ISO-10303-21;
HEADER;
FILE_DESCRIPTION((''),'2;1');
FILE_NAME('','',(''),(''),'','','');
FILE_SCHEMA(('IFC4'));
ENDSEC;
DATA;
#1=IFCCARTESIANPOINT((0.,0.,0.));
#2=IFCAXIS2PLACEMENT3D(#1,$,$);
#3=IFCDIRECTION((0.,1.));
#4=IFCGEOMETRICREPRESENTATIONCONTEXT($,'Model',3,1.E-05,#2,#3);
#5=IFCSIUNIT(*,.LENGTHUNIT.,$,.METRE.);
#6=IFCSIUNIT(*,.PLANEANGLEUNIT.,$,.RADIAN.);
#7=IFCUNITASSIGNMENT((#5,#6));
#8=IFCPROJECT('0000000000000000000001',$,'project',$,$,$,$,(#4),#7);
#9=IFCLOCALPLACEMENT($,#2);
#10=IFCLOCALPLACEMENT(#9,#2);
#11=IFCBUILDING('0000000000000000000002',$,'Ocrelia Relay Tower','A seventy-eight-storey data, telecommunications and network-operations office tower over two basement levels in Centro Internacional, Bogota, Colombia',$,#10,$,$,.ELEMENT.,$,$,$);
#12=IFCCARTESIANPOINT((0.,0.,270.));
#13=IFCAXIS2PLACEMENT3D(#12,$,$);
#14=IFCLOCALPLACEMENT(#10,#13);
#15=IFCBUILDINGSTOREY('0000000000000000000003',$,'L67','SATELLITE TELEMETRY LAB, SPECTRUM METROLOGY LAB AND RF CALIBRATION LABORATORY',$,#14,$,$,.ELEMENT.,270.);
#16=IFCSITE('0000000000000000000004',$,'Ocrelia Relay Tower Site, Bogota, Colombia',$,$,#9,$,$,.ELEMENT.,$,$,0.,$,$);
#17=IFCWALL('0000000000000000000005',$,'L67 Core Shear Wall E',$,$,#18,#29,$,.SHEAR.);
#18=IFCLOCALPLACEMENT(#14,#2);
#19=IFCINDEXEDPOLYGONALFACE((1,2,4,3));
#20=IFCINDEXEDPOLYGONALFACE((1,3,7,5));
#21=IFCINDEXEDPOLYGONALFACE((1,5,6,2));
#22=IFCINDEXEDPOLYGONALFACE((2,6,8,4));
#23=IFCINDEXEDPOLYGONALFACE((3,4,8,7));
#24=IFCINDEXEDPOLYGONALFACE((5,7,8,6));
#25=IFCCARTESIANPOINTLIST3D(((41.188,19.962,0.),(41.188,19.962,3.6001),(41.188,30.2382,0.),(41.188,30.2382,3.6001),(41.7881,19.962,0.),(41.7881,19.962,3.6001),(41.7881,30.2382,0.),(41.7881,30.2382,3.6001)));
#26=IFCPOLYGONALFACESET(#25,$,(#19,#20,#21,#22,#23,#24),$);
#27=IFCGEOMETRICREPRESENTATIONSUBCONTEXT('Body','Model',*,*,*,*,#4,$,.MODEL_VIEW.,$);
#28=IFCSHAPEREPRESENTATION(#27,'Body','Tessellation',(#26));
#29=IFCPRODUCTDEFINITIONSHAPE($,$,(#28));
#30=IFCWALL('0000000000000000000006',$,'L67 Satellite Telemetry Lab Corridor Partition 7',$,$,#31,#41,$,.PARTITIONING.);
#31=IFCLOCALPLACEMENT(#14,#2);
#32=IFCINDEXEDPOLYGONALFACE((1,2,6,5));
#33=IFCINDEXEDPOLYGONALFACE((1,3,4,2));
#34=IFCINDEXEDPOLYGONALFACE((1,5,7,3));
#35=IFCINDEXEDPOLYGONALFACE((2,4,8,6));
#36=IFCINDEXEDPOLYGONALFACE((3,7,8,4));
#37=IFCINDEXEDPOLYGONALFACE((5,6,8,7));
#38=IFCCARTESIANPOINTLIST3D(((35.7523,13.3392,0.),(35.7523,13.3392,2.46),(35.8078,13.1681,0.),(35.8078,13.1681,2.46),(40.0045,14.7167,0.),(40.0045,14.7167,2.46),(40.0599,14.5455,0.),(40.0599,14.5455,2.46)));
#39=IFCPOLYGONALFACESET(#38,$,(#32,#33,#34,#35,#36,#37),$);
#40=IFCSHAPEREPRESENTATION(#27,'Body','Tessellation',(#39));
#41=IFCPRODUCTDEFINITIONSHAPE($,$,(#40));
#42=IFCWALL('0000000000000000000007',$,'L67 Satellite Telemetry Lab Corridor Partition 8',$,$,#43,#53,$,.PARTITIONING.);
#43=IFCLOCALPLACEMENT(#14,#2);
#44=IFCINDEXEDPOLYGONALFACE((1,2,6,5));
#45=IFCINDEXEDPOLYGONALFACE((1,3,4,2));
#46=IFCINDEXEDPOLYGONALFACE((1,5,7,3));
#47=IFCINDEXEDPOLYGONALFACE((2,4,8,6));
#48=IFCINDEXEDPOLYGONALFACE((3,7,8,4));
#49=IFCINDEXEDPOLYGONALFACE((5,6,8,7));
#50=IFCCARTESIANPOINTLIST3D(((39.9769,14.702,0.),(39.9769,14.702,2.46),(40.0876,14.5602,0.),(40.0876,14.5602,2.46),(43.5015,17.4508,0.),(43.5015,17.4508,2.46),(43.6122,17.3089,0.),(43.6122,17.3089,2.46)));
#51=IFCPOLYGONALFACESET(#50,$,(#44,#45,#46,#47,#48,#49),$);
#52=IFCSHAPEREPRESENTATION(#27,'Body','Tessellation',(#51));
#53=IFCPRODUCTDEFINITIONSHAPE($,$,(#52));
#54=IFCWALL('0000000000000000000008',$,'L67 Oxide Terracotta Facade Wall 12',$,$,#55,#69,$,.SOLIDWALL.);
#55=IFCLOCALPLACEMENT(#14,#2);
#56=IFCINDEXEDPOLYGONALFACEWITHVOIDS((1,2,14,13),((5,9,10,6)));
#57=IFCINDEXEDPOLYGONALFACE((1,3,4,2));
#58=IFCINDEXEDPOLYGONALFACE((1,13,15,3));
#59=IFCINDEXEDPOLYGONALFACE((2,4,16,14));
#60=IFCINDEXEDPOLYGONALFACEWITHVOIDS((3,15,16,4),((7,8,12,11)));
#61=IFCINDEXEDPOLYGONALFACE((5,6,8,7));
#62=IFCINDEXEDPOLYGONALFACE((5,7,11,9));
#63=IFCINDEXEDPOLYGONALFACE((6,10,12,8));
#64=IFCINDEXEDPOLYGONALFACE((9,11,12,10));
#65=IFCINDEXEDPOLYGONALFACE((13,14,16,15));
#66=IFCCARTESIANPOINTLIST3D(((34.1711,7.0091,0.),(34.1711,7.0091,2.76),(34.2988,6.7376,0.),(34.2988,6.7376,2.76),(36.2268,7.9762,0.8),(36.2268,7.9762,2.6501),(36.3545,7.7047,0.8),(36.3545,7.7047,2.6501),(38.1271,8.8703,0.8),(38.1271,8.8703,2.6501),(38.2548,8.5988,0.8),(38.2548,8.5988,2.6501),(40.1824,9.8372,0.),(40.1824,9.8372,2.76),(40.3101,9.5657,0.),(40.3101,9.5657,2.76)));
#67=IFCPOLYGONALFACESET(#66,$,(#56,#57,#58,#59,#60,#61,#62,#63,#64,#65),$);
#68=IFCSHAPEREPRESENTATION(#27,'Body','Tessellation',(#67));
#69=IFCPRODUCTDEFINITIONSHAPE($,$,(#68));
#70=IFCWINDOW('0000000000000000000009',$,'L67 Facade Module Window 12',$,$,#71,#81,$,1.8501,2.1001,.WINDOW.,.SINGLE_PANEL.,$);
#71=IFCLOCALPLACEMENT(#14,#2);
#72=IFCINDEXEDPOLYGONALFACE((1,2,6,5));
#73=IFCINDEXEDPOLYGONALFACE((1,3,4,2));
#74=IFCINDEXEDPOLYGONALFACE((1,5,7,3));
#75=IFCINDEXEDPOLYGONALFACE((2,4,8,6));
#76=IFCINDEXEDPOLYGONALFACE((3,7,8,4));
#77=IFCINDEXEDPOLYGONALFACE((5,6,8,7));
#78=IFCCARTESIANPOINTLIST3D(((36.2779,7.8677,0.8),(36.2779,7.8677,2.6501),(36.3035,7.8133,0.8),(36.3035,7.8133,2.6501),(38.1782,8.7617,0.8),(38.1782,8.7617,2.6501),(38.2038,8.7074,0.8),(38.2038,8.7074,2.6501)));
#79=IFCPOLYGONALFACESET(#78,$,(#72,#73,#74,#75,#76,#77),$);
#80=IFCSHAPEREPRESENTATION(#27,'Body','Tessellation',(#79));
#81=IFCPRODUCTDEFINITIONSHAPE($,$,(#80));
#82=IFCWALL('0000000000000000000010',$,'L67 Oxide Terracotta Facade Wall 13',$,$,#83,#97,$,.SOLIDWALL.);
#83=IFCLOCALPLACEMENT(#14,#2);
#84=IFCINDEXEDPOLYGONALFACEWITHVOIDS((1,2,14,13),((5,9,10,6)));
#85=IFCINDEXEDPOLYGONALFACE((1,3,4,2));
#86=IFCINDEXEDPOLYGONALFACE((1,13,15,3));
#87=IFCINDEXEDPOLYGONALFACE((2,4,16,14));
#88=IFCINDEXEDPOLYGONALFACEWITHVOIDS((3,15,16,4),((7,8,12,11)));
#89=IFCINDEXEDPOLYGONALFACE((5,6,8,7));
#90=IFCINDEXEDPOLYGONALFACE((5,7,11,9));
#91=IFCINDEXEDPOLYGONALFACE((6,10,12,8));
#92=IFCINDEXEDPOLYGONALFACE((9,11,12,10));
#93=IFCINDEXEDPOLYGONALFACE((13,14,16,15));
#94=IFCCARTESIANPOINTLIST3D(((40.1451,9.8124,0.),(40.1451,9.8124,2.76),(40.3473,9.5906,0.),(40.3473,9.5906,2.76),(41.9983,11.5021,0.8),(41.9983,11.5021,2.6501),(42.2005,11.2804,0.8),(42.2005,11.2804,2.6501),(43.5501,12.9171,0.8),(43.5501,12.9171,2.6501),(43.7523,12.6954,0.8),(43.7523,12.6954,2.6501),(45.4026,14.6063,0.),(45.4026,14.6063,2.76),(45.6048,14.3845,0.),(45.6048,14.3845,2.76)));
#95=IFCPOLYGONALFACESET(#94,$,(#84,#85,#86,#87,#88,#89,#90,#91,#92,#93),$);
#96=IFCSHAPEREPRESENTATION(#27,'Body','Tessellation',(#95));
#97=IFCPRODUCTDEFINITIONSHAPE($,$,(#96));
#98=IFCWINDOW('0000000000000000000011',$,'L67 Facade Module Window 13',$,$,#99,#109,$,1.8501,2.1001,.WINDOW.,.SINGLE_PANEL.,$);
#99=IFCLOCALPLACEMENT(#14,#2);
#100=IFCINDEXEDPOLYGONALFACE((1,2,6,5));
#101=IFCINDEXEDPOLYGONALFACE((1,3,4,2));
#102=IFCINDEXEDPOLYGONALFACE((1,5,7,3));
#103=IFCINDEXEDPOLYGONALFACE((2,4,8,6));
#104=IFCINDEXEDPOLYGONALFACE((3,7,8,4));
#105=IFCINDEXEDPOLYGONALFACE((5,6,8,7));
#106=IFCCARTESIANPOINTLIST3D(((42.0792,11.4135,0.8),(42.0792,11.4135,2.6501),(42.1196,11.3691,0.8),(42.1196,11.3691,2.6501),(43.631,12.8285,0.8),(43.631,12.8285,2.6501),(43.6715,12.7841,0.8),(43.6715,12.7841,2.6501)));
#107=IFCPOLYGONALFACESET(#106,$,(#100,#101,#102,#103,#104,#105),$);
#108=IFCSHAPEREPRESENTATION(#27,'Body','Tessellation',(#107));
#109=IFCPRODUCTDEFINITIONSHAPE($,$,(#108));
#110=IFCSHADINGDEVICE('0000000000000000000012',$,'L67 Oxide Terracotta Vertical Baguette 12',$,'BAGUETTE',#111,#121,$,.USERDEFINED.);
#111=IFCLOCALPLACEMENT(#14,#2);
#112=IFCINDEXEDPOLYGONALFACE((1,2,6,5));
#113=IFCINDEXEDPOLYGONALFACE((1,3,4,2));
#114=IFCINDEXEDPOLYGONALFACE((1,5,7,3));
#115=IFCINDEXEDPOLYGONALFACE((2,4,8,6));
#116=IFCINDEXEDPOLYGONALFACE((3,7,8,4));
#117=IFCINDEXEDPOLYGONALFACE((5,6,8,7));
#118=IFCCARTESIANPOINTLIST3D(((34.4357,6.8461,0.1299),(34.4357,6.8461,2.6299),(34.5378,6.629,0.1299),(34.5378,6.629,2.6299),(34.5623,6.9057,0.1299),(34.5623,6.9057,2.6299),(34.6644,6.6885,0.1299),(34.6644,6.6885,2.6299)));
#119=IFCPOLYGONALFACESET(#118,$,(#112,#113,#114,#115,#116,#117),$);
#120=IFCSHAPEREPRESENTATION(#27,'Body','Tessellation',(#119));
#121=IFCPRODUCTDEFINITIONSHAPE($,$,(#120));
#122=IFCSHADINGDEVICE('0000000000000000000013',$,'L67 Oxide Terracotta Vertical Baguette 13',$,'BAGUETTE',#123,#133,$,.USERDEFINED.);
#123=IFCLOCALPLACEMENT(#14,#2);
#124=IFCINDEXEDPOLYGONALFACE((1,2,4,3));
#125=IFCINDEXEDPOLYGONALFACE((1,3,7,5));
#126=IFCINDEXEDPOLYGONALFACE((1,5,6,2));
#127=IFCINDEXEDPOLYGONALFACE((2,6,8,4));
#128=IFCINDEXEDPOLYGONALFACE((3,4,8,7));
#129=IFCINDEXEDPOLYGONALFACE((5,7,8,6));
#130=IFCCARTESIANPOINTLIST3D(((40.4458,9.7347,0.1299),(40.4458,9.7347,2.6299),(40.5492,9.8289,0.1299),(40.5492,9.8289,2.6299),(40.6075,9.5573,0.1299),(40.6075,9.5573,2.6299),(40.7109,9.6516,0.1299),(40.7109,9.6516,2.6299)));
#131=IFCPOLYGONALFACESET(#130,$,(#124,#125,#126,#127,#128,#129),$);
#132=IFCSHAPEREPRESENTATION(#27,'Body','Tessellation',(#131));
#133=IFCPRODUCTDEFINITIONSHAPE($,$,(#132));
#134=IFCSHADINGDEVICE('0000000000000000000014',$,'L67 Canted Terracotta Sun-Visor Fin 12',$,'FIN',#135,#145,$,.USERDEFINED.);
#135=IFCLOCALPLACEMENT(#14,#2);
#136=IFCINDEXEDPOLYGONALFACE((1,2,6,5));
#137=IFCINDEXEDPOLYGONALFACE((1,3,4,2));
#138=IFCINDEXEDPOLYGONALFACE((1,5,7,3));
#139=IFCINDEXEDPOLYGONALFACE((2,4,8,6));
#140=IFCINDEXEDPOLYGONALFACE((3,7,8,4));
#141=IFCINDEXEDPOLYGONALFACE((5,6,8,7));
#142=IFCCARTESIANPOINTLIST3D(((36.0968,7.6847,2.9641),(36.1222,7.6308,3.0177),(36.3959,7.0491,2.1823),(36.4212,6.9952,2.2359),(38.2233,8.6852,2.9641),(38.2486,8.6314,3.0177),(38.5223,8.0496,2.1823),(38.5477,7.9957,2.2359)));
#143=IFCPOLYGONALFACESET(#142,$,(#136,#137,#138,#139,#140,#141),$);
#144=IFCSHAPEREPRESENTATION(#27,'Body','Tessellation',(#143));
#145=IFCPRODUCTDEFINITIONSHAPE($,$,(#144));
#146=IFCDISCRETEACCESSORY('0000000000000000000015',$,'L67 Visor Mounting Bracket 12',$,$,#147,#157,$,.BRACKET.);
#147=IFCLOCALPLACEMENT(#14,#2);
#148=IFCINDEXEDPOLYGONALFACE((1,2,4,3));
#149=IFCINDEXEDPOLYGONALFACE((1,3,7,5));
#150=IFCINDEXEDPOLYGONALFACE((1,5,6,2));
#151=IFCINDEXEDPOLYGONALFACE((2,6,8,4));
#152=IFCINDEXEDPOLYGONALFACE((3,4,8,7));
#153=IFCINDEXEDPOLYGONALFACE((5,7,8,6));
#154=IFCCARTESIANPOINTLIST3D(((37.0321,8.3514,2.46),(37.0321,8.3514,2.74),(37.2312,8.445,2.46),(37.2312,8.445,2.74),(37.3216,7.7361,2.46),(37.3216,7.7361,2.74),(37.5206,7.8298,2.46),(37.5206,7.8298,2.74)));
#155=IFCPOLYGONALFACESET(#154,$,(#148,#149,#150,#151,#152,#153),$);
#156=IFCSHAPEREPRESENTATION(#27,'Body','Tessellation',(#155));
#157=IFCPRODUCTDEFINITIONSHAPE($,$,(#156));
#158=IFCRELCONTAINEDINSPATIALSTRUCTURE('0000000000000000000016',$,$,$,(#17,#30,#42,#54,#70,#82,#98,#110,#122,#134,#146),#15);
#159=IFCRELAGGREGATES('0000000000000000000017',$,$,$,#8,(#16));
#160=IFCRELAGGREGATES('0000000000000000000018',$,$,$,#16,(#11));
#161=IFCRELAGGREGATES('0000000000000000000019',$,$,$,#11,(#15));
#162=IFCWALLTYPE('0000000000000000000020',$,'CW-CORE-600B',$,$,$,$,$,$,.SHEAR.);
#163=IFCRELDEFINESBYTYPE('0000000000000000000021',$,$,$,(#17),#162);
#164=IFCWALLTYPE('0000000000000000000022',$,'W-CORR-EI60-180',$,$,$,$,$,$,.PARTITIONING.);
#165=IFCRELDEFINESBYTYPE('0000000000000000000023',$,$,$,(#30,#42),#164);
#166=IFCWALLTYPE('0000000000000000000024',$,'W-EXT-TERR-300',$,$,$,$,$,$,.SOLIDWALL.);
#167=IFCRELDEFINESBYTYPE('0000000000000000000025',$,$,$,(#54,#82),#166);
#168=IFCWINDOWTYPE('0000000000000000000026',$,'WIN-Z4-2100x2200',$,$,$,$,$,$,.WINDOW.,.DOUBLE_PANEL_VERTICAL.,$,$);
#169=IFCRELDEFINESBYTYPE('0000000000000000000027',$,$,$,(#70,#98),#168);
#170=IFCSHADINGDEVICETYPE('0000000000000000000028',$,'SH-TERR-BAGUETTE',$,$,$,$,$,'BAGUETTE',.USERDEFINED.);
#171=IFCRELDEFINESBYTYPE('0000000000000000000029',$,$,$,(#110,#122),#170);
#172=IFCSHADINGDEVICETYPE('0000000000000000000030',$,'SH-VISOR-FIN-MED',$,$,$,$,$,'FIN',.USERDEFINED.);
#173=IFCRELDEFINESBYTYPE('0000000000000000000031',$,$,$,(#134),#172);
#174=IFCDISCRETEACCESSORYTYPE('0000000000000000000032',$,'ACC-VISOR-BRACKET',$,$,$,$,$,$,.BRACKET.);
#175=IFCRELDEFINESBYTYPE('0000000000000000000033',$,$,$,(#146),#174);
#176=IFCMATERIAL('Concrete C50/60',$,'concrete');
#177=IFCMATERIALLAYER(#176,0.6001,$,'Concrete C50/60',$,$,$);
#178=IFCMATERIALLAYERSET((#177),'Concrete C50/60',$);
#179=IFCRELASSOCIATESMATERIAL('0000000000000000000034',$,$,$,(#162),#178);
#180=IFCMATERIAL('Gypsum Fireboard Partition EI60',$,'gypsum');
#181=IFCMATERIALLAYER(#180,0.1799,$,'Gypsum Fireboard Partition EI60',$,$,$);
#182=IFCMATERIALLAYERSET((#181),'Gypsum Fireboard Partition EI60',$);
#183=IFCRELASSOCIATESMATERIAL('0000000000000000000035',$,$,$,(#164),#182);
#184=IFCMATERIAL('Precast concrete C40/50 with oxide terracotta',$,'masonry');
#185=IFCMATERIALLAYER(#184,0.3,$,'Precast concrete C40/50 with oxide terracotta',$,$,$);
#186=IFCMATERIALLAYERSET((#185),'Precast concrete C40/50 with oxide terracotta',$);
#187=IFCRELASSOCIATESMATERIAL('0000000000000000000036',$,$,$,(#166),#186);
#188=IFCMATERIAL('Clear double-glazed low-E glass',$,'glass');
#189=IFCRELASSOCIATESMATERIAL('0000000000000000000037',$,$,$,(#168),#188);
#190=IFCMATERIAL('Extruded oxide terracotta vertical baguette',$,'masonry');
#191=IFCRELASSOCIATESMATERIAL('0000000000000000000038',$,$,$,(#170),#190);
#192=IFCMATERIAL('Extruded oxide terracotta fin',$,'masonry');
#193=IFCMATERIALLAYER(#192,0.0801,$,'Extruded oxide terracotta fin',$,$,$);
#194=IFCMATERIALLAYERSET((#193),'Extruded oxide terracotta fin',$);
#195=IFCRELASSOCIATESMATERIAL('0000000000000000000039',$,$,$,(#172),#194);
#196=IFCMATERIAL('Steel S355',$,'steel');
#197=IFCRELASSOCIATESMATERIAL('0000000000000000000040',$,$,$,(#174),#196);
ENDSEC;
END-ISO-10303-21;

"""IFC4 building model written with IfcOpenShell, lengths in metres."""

from ifc_helpers import new_model, si_unit, direction, frame, frame_2d, origin, origin_2d, place, context, subcontext, project, spatial, rectangle, extrude, material, layer, layer_set, type_object, element, fill, save


model = new_model("IFC4")

# Units and contexts
model_context = context("Model", 3, precision=1e-05, world=origin(), true_north=direction((0.0, 1.0)))
body_context = subcontext(model_context, "Body", "Model", "MODEL_VIEW")
ifc_project = project(units=[si_unit("LENGTHUNIT", "METRE"), si_unit("PLANEANGLEUNIT", "RADIAN")], contexts=[model_context])

# Site, building, storey
site_placement = place(None, origin())
site = spatial("IfcSite", under=ifc_project, at=site_placement, Name="Ocrelia Relay Tower Site, Bogota, Colombia", CompositionType="ELEMENT", RefElevation=0.0)
building_placement = place(site_placement, origin())
building = spatial("IfcBuilding", under=site, at=building_placement, Name="Ocrelia Relay Tower", Description="A seventy-eight-storey data, telecommunications and network-operations office tower over two basement levels in Centro Internacional, Bogota, Colombia", CompositionType="ELEMENT")
storey_placement = place(building_placement, frame((0.0, 0.0, 270.0)))
storey = spatial("IfcBuildingStorey", under=building, at=storey_placement, Name="L67", Description="SATELLITE TELEMETRY LAB, SPECTRUM METROLOGY LAB AND RF CALIBRATION LABORATORY", CompositionType="ELEMENT", Elevation=270.0)

# Shared definitions
ifc_material_1 = material(Name="Concrete C50/60", Category="concrete")

# Shared definitions
ifc_material_2 = material(Name="Steel S355", Category="steel")

# Walls
ifc_layer_1 = layer(ifc_material_1, 0.6001, Name="Concrete C50/60")
ifc_layer_set_1 = layer_set([ifc_layer_1], Name="Concrete C50/60")
wall_type_1 = type_object("IfcWallType", Name="CW-CORE-600B", PredefinedType="SHEAR", material=ifc_layer_set_1)
wall_1_placement = place(storey_placement, frame((41.488, 19.9619, 0.0), z_axis=(0.0, 0.0, 1.0), x_axis=(0.0, 1.0, 0.0)))
element("IfcWall", 1, at=wall_1_placement, inside=storey, type_object=wall_type_1, Name="L67 Core Shear Wall E", PredefinedType="SHEAR", context=body_context, shape_type="SweptSolid", body=[
    extrude(rectangle(XDim=10.2761, YDim=0.6001, at=frame_2d((5.1382, 0.0))), origin(), (0.0, 0.0, 1.0), 3.6001),
])
ifc_material_3 = material(Name="Gypsum Fireboard Partition EI60", Category="gypsum")
ifc_layer_2 = layer(ifc_material_3, 0.1799, Name="Gypsum Fireboard Partition EI60")
ifc_layer_set_2 = layer_set([ifc_layer_2], Name="Gypsum Fireboard Partition EI60")
wall_type_2 = type_object("IfcWallType", Name="W-CORR-EI60-180", PredefinedType="PARTITIONING", material=ifc_layer_set_2)
for number, where, z_axis, x_axis, name in (
    (2, (35.78, 13.2537, 0.0), (0.0, 0.0, 1.0), (0.951331, 0.308171, 0.0), "L67 Satellite Telemetry Lab Corridor Partition 7"),
    (3, (40.0322, 14.6311, 0.0), (0.0, 0.0, 1.0), (0.788552, 0.614969, 0.0), "L67 Satellite Telemetry Lab Corridor Partition 8"),
):
    element("IfcWall", number, at=place(storey_placement, frame(where, z_axis=z_axis, x_axis=x_axis)), inside=storey, type_object=wall_type_2, Name=name, PredefinedType="PARTITIONING", context=body_context, shape_type="SweptSolid", body=[
        extrude(rectangle(XDim=4.4697, YDim=0.1799, at=frame_2d((2.2349, 0.0))), origin(), (0.0, 0.0, 1.0), 2.46),
    ])

# Walls, openings, windows
ifc_material_4 = material(Name="Precast concrete C40/50 with oxide terracotta", Category="masonry")
ifc_layer_3 = layer(ifc_material_4, 0.3, Name="Precast concrete C40/50 with oxide terracotta")
ifc_layer_set_3 = layer_set([ifc_layer_3], Name="Precast concrete C40/50 with oxide terracotta")
wall_type_3 = type_object("IfcWallType", Name="W-EXT-TERR-300", PredefinedType="SOLIDWALL", material=ifc_layer_set_3)
wall_2_placement = place(storey_placement, frame((34.2349, 6.8733, 0.0), z_axis=(0.0, 0.0, 1.0), x_axis=(0.904859, 0.425712, 0.0)))
wall_2 = element("IfcWall", 4, at=wall_2_placement, inside=storey, type_object=wall_type_3, Name="L67 Oxide Terracotta Facade Wall 12", PredefinedType="SOLIDWALL", context=body_context, shape_type="SweptSolid", body=[
    extrude(rectangle(XDim=6.6433, YDim=0.3, at=frame_2d((3.3218, 0.0))), origin(), (0.0, 0.0, 1.0), 2.76),
])
opening_1_placement = place(wall_2_placement, frame((2.272, 0.0, 0.8)))
opening_1 = element("IfcOpeningElement", 5, at=opening_1_placement, cuts=wall_2, PredefinedType="OPENING", context=body_context, shape_type="SweptSolid", body=[
    extrude(rectangle(XDim=2.1001, YDim=1.8501, at=frame_2d((1.05, 0.925))), frame((0.0, 0.1602, 0.0), z_axis=(0.0, -1.0, 0.0), x_axis=(1.0, 0.0, 0.0)), (0.0, 0.0, 1.0), 0.3201),
])
ifc_material_5 = material(Name="Clear double-glazed low-E glass", Category="glass")
window_type = type_object("IfcWindowType", Name="WIN-Z4-2100x2200", PartitioningType="DOUBLE_PANEL_VERTICAL", PredefinedType="WINDOW", material=ifc_material_5)
window_1_placement = place(opening_1_placement, origin())
window_1 = element("IfcWindow", 6, at=window_1_placement, inside=storey, type_object=window_type, Name="L67 Facade Module Window 12", OverallHeight=1.8501, OverallWidth=2.1001, PartitioningType="SINGLE_PANEL", PredefinedType="WINDOW", context=body_context, shape_type="SweptSolid", body=[
    extrude(rectangle(XDim=2.1001, YDim=1.8501, at=frame_2d((1.05, 0.925))), frame((0.0, 0.03, 0.0), z_axis=(0.0, -1.0, 0.0), x_axis=(1.0, 0.0, 0.0)), (0.0, 0.0, 1.0), 0.0601),
])
fill(opening_1, window_1)
wall_3_placement = place(storey_placement, frame((40.2461, 9.7014, 0.0), z_axis=(0.0, 0.0, 1.0), x_axis=(0.738936, 0.673775, 0.0)))
wall_3 = element("IfcWall", 7, at=wall_3_placement, inside=storey, type_object=wall_type_3, Name="L67 Oxide Terracotta Facade Wall 13", PredefinedType="SOLIDWALL", context=body_context, shape_type="SweptSolid", body=[
    extrude(rectangle(XDim=7.115, YDim=0.3, at=frame_2d((3.5576, 0.0))), origin(), (0.0, 0.0, 1.0), 2.76),
])
opening_2_placement = place(wall_3_placement, frame((2.5081, 0.0, 0.8)))
opening_2 = element("IfcOpeningElement", 8, at=opening_2_placement, cuts=wall_3, PredefinedType="OPENING", context=body_context, shape_type="SweptSolid", body=[
    extrude(rectangle(XDim=2.1001, YDim=1.8501, at=frame_2d((1.05, 0.925))), frame((0.0, 0.1602, 0.0), z_axis=(0.0, -1.0, 0.0), x_axis=(1.0, 0.0, 0.0)), (0.0, 0.0, 1.0), 0.3201),
])
window_2_placement = place(opening_2_placement, origin())
window_2 = element("IfcWindow", 9, at=window_2_placement, inside=storey, type_object=window_type, Name="L67 Facade Module Window 13", OverallHeight=1.8501, OverallWidth=2.1001, PartitioningType="SINGLE_PANEL", PredefinedType="WINDOW", context=body_context, shape_type="SweptSolid", body=[
    extrude(rectangle(XDim=2.1001, YDim=1.8501, at=frame_2d((1.05, 0.925))), frame((0.0, 0.03, 0.0), z_axis=(0.0, -1.0, 0.0), x_axis=(1.0, 0.0, 0.0)), (0.0, 0.0, 1.0), 0.0601),
])
fill(opening_2, window_2)

# Shading devices
ifc_material_6 = material(Name="Extruded oxide terracotta vertical baguette", Category="masonry")
shading_device_type_1 = type_object("IfcShadingDeviceType", Name="SH-TERR-BAGUETTE", ElementType="BAGUETTE", PredefinedType="USERDEFINED", material=ifc_material_6)
for number, where, z_axis, x_axis, name in (
    (10, (34.55, 6.7673, 0.1299), (0.0, 0.0, 1.0), (0.904851, 0.425729, 0.0), "L67 Oxide Terracotta Vertical Baguette 12"),
    (11, (40.5784, 9.6931, 0.1299), (0.0, 0.0, 1.0), (0.738941, 0.67377, 0.0), "L67 Oxide Terracotta Vertical Baguette 13"),
):
    element("IfcShadingDevice", number, at=place(storey_placement, frame(where, z_axis=z_axis, x_axis=x_axis)), inside=storey, type_object=shading_device_type_1, Name=name, ObjectType="BAGUETTE", PredefinedType="USERDEFINED", context=body_context, shape_type="SweptSolid", body=[
        extrude(rectangle(XDim=0.1399, YDim=0.24, at=origin_2d()), origin(), (0.0, 0.0, 1.0), 2.5),
    ])
ifc_material_7 = material(Name="Extruded oxide terracotta fin", Category="masonry")
ifc_layer_4 = layer(ifc_material_7, 0.0801, Name="Extruded oxide terracotta fin")
ifc_layer_set_4 = layer_set([ifc_layer_4], Name="Extruded oxide terracotta fin")
shading_device_type_2 = type_object("IfcShadingDeviceType", Name="SH-VISOR-FIN-MED", ElementType="FIN", PredefinedType="USERDEFINED", material=ifc_layer_set_4)
shading_device_placement = place(storey_placement, frame((37.3096, 7.8672, 2.5732), z_axis=(0.316676, -0.673069, 0.668352), x_axis=(0.904851, 0.425729, 0.0)))
element("IfcShadingDevice", 12, at=shading_device_placement, inside=storey, type_object=shading_device_type_2, Name="L67 Canted Terracotta Sun-Visor Fin 12", ObjectType="FIN", PredefinedType="USERDEFINED", context=body_context, shape_type="SweptSolid", body=[
    extrude(rectangle(XDim=2.3501, YDim=1.051, at=origin_2d()), origin(), (0.0, 0.0, 1.0), 0.0801),
])

# Discrete accessory
discrete_accessory_type = type_object("IfcDiscreteAccessoryType", Name="ACC-VISOR-BRACKET", PredefinedType="BRACKET", material=ifc_material_2)
discrete_accessory_placement = place(storey_placement, frame((37.2764, 8.0906, 2.46), z_axis=(0.0, 0.0, 1.0), x_axis=(0.904851, 0.425729, 0.0)))
element("IfcDiscreteAccessory", 13, at=discrete_accessory_placement, inside=storey, type_object=discrete_accessory_type, Name="L67 Visor Mounting Bracket 12", PredefinedType="BRACKET", context=body_context, shape_type="SweptSolid", body=[
    extrude(rectangle(XDim=0.22, YDim=0.6799, at=origin_2d()), origin(), (0.0, 0.0, 1.0), 0.28),
])

save(model, "model.ifc")
